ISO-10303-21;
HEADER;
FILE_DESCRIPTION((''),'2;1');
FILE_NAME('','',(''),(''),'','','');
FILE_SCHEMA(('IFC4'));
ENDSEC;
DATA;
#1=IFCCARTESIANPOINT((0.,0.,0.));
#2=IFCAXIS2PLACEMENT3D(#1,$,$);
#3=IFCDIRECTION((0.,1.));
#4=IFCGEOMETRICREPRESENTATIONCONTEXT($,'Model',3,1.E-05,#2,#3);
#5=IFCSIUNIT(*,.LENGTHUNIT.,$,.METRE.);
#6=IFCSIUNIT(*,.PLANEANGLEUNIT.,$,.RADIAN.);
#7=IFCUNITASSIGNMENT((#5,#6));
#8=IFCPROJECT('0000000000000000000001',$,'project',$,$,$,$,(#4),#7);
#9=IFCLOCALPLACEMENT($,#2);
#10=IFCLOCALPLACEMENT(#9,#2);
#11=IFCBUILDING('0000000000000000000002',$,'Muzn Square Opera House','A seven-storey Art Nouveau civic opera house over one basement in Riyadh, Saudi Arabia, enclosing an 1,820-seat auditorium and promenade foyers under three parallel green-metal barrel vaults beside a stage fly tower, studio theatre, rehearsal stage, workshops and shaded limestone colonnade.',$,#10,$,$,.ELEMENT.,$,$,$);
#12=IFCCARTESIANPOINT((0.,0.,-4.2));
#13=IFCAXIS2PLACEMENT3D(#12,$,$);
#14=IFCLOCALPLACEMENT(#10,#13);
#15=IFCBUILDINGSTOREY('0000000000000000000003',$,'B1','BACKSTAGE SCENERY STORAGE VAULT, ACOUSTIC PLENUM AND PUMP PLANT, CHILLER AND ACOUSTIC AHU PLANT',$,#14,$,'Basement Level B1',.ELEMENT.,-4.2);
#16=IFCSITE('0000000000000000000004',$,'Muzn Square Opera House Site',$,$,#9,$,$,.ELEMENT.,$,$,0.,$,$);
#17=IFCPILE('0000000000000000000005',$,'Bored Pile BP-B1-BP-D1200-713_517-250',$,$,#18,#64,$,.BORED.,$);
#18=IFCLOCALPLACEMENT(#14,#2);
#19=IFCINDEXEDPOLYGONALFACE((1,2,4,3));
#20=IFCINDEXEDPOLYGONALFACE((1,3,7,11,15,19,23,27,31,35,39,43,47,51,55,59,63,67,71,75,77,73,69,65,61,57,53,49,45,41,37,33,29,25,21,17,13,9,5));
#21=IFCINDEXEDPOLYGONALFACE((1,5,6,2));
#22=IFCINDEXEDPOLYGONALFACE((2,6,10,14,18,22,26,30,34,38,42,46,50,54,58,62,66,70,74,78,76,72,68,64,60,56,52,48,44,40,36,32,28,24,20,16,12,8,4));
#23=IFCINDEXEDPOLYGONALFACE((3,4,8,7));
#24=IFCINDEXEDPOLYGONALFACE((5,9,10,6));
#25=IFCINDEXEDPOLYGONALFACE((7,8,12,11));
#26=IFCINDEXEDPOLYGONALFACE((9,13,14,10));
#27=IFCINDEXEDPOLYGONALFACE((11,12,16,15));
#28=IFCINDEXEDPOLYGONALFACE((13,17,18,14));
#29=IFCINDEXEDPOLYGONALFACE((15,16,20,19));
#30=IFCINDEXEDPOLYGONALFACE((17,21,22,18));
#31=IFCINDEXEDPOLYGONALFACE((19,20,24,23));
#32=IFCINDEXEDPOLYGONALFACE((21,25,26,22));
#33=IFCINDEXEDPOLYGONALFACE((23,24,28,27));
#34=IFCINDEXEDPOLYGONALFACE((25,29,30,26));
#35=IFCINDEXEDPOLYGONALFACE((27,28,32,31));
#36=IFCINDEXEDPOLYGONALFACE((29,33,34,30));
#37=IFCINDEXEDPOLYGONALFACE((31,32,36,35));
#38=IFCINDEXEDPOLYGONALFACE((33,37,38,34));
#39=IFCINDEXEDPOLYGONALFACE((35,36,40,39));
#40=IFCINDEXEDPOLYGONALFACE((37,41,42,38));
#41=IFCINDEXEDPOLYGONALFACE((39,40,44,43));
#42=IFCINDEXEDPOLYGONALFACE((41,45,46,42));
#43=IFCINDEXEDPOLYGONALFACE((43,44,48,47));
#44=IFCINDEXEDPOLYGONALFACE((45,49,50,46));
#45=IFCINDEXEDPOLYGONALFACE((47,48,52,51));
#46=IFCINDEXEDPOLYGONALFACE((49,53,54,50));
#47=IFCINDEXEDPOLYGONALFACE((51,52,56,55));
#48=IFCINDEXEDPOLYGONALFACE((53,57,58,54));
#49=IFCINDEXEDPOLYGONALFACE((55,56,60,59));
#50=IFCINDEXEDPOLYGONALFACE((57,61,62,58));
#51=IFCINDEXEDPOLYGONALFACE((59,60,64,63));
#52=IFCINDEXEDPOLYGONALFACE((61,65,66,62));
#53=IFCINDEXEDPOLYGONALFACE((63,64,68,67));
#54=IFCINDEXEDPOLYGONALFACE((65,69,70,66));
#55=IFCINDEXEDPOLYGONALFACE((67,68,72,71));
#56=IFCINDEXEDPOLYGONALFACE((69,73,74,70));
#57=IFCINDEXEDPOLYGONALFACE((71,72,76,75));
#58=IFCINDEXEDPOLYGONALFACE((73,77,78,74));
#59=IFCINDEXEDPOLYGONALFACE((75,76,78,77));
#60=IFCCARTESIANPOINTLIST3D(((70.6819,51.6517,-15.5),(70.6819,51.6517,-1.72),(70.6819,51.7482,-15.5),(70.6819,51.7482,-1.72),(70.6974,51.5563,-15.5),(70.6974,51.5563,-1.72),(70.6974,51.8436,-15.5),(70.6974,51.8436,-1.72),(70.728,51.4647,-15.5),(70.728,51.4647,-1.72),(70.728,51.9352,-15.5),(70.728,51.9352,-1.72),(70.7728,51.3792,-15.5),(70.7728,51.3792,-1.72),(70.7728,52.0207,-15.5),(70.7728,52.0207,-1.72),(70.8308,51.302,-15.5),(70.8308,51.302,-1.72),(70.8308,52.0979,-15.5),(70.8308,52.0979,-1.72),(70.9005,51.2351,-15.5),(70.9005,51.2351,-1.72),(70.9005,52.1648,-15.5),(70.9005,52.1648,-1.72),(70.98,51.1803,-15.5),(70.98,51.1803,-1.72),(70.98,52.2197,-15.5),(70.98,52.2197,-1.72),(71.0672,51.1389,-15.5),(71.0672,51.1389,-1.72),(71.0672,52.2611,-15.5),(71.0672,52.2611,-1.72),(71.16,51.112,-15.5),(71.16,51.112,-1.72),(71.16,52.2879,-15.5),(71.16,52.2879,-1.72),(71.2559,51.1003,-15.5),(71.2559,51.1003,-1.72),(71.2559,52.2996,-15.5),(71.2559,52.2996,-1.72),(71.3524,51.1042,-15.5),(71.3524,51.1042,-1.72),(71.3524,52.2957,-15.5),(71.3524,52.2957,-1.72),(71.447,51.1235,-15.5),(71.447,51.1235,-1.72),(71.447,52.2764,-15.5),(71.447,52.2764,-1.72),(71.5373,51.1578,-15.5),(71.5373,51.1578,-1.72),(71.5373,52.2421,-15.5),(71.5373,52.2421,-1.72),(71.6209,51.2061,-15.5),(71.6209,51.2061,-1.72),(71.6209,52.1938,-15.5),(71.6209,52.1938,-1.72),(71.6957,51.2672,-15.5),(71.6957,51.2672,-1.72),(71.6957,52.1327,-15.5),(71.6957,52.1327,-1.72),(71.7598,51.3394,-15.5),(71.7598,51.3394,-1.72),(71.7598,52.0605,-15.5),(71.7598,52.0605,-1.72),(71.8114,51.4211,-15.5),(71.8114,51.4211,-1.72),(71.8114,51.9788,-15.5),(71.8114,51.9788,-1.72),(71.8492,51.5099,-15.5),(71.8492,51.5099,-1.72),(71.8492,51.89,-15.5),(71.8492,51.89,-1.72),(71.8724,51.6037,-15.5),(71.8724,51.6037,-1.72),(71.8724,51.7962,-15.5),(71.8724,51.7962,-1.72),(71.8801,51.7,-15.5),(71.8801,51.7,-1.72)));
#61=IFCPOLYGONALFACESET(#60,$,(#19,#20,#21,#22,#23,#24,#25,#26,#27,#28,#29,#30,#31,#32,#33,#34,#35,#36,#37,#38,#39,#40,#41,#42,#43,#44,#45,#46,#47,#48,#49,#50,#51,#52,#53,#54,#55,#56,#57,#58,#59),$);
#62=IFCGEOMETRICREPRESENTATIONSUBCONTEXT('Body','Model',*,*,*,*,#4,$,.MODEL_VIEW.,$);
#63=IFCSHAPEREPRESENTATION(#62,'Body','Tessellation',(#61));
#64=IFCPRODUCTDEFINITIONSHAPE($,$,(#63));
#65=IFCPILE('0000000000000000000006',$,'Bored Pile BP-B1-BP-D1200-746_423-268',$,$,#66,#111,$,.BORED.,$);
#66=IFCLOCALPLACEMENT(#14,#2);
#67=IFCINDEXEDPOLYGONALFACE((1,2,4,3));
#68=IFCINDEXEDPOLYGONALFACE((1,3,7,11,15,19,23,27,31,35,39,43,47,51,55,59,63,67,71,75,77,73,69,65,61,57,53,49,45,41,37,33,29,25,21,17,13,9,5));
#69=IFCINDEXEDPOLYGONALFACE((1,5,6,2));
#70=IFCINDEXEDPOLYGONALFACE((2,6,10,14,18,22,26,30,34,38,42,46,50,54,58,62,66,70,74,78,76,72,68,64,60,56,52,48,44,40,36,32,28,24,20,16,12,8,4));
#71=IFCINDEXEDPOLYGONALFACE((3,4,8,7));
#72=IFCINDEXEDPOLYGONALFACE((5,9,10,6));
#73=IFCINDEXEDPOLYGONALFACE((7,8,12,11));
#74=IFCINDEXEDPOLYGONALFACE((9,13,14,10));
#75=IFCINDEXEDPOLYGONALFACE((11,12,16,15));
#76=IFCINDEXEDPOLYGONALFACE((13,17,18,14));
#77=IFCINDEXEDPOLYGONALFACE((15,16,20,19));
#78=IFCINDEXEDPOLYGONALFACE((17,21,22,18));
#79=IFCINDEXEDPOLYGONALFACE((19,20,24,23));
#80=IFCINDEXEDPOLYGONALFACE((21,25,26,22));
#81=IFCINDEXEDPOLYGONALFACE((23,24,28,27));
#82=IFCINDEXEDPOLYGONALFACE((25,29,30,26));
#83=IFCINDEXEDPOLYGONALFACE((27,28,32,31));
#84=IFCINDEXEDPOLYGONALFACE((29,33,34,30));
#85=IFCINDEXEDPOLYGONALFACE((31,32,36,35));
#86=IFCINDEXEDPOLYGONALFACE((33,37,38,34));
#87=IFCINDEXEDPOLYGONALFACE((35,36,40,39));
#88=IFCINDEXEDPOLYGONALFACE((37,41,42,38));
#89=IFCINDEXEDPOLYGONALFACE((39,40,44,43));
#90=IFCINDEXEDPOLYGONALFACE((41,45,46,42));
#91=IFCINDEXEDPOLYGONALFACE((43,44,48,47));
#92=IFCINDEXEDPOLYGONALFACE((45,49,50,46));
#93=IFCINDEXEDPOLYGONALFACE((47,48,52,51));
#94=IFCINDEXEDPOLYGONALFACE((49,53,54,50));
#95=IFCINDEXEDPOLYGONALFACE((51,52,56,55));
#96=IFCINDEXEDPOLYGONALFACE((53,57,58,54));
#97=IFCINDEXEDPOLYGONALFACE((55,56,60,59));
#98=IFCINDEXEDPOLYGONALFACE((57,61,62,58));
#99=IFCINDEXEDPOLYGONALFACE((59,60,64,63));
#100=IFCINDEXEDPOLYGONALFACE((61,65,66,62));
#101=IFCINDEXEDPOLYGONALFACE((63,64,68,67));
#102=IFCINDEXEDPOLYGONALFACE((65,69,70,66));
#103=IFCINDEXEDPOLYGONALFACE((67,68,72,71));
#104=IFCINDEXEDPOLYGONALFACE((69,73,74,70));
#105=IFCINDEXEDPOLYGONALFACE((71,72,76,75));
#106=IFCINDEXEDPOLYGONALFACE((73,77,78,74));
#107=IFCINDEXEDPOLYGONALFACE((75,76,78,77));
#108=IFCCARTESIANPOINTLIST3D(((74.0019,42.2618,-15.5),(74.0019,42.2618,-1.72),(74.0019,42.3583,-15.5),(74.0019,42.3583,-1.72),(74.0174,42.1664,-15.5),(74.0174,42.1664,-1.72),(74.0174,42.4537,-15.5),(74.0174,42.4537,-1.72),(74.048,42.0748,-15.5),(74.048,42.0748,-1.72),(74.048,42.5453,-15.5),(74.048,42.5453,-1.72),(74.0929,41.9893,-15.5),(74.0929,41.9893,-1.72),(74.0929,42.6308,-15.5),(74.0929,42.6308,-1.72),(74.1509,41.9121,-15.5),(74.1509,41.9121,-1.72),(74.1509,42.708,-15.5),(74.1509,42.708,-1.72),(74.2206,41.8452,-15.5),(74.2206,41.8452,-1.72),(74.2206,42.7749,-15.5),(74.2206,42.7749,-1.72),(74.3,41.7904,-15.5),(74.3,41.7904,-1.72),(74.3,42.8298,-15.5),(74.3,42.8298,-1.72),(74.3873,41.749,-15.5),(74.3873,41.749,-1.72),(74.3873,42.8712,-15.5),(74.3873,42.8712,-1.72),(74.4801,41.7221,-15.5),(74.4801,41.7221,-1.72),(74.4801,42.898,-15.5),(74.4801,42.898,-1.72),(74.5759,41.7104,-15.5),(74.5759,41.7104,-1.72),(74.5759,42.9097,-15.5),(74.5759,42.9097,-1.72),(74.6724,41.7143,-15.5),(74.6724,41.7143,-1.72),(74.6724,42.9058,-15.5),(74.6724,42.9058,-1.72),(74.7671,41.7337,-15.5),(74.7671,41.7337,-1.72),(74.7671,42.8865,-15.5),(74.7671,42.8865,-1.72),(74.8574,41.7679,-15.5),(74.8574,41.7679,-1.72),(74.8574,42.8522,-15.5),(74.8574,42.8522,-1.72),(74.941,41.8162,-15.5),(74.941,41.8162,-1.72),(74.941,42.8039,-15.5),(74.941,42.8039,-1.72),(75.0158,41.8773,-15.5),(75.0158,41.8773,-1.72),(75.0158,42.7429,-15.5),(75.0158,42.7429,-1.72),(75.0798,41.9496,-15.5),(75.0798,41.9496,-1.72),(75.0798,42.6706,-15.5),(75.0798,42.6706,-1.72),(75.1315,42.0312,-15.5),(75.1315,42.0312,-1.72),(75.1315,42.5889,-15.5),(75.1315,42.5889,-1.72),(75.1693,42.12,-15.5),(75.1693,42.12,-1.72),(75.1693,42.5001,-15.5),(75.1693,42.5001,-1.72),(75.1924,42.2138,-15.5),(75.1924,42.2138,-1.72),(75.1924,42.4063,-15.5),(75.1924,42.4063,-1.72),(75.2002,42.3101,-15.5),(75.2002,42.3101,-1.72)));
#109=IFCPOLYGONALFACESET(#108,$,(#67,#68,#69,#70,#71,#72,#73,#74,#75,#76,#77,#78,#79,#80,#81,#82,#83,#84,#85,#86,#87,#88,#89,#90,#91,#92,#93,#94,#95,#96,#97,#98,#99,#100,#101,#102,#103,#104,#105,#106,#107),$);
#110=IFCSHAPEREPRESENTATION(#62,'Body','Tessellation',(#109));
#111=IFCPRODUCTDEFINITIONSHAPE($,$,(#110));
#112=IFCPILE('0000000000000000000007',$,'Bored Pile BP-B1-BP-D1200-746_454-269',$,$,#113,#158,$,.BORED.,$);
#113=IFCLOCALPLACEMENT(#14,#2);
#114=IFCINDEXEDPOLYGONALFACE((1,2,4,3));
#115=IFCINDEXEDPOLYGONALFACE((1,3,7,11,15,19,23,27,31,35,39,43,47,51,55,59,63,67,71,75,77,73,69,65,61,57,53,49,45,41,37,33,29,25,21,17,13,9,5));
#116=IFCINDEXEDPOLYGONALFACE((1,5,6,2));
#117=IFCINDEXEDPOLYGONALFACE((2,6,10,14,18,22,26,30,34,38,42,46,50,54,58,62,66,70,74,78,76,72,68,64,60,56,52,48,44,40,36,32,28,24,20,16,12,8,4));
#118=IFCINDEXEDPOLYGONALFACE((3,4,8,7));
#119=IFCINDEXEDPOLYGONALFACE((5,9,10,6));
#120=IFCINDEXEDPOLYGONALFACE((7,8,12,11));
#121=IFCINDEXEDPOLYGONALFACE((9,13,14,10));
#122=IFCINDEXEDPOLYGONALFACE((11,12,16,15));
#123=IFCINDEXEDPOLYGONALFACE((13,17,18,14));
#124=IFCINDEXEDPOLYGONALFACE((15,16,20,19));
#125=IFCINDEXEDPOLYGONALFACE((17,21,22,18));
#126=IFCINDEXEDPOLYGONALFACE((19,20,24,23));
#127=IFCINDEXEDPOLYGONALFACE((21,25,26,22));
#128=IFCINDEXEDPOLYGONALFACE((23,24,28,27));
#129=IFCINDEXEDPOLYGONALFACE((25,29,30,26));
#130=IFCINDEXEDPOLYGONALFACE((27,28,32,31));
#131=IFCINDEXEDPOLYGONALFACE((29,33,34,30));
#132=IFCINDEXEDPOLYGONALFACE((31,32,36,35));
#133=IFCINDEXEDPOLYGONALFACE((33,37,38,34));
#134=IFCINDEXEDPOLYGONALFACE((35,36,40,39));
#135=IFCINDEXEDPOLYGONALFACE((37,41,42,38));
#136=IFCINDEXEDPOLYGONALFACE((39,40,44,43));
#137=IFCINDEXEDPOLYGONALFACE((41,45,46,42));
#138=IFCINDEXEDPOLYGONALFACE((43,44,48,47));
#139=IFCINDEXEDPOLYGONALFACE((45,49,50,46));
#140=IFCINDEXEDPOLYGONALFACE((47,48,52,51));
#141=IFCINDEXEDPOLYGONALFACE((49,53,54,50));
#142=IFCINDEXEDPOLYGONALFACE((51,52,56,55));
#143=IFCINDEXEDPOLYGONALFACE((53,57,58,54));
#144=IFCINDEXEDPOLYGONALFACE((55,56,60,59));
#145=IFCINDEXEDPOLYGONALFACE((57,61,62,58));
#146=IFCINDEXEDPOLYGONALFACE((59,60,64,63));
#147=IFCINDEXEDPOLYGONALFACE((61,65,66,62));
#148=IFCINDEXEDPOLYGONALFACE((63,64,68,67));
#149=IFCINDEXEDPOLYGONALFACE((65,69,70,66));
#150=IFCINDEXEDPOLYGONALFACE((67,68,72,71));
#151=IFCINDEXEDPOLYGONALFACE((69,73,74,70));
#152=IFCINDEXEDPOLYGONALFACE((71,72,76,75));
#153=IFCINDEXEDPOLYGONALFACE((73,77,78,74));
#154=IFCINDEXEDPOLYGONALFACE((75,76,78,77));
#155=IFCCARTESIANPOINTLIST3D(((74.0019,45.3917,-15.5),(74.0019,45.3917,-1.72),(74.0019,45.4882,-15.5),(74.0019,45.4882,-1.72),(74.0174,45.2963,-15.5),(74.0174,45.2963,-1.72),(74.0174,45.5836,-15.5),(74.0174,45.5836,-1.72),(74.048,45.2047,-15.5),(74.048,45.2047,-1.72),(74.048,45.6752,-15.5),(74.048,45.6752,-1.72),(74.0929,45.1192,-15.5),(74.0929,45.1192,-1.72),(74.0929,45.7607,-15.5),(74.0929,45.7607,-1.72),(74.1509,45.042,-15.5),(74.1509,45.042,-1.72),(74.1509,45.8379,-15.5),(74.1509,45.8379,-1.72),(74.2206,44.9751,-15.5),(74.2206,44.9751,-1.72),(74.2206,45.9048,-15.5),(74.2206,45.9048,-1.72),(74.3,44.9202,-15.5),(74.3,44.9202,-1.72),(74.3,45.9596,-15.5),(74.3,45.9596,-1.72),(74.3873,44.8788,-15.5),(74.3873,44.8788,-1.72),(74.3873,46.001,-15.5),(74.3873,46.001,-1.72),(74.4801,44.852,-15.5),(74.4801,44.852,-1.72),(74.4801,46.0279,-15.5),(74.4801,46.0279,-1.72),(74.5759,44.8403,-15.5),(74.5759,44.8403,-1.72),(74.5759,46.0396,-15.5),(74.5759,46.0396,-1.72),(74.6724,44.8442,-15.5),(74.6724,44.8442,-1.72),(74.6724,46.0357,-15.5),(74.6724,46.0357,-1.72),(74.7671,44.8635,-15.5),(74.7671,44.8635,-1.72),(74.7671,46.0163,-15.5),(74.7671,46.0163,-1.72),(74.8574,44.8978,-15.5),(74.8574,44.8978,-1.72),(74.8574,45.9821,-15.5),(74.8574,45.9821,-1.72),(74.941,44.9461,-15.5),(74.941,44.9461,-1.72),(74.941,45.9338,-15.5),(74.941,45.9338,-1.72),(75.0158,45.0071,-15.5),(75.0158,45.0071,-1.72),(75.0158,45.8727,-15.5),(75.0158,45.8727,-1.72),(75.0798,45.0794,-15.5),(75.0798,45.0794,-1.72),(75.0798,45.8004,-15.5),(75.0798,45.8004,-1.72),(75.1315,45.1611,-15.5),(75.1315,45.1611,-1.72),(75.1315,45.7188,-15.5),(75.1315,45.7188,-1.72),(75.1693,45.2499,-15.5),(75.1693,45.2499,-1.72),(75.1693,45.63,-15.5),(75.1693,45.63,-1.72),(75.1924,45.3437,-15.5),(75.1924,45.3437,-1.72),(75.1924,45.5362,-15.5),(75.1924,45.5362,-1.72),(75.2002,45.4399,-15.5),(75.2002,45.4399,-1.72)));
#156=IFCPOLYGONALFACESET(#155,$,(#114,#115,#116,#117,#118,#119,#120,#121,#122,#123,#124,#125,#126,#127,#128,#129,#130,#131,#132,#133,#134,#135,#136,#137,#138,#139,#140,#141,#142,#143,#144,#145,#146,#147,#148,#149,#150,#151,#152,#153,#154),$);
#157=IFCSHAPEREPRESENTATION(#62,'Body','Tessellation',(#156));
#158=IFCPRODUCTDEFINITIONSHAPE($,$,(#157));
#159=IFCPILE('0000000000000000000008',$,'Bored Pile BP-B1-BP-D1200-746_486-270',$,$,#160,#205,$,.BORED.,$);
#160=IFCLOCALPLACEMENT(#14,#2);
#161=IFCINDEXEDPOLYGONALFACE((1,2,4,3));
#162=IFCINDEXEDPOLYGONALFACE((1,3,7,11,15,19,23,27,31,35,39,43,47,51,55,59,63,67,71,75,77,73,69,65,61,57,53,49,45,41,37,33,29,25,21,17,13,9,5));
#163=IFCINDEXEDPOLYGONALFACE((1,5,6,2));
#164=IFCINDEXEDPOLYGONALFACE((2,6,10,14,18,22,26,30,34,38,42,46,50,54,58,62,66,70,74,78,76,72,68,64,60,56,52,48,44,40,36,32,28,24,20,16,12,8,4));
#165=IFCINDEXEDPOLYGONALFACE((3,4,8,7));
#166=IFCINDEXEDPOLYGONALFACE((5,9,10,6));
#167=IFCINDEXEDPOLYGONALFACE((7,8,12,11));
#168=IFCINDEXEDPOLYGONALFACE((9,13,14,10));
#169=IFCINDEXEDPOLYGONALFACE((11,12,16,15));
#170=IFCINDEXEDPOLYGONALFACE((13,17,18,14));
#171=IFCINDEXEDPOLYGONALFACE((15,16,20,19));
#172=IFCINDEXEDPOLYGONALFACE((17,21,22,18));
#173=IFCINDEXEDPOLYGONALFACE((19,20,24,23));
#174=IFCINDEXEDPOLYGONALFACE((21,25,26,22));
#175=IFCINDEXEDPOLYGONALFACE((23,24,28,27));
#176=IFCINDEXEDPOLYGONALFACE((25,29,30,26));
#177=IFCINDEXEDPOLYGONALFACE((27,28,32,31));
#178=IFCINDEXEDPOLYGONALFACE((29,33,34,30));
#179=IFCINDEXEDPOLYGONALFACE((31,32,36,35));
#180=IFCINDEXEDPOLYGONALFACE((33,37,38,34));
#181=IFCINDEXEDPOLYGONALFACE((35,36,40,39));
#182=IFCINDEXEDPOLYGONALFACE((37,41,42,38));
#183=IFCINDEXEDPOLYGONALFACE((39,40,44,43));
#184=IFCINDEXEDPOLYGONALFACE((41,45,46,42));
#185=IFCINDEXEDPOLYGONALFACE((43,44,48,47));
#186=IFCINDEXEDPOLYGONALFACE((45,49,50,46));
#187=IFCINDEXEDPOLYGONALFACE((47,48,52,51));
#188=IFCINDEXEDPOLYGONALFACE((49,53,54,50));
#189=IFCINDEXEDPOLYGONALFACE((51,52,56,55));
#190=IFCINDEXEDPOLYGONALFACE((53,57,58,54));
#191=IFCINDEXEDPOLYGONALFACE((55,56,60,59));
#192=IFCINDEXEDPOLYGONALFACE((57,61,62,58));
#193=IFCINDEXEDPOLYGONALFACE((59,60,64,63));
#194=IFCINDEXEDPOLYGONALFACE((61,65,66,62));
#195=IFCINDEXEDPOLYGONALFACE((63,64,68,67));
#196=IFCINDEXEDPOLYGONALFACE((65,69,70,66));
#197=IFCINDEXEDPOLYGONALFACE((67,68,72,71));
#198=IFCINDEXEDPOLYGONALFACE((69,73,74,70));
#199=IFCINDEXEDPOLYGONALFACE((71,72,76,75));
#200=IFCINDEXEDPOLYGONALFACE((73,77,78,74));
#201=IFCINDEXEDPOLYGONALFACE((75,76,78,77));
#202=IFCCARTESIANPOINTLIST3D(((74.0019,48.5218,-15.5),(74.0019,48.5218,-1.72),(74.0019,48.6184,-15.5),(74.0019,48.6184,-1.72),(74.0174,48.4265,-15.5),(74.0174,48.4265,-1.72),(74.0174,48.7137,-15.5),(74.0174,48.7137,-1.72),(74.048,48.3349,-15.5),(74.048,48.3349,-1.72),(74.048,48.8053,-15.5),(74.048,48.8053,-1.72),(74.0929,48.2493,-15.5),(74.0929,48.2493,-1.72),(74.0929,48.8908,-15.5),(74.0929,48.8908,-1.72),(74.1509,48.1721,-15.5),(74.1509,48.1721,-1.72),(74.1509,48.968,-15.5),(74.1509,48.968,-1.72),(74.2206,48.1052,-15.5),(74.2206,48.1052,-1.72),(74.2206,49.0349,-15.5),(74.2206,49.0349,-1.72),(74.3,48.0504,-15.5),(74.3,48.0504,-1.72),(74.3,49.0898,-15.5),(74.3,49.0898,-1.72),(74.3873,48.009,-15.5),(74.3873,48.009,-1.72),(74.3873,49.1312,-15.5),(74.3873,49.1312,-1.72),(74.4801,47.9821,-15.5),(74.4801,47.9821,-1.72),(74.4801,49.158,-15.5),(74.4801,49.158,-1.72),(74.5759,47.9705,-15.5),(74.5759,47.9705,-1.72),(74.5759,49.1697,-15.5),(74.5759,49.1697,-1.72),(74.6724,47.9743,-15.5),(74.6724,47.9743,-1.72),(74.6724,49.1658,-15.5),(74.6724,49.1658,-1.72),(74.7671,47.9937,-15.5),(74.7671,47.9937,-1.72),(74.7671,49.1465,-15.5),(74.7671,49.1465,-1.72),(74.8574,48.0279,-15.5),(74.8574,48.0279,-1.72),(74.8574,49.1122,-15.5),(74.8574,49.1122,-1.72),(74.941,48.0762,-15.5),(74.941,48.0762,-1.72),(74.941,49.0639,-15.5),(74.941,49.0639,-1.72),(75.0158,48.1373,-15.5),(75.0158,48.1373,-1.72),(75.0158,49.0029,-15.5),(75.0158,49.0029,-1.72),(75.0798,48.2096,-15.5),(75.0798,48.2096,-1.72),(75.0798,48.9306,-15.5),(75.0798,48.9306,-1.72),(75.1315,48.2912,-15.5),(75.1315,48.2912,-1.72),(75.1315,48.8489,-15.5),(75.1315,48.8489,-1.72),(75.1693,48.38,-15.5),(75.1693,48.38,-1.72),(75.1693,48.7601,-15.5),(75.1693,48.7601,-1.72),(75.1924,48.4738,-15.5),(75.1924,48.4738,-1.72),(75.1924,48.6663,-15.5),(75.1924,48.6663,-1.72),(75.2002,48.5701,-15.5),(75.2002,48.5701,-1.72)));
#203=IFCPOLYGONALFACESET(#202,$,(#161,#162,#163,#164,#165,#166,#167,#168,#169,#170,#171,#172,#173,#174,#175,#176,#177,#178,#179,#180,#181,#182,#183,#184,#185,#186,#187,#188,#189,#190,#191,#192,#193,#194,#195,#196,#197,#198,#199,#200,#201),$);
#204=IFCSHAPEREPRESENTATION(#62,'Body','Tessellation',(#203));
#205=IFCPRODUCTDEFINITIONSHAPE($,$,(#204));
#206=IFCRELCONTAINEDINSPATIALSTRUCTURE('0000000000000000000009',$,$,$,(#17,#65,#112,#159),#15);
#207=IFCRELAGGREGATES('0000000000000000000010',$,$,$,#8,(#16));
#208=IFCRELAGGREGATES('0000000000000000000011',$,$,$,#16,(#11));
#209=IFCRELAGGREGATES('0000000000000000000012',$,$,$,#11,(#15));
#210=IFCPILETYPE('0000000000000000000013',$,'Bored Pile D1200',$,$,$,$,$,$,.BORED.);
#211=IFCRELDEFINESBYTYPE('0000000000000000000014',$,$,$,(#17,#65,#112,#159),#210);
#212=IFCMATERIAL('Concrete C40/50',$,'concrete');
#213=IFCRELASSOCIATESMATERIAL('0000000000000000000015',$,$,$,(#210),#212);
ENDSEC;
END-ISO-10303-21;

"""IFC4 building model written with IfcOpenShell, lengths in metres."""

from ifc_helpers import new_model, si_unit, direction, frame, origin, origin_2d, place, context, subcontext, project, spatial, circle, extrude, material, material_profile, profile_set, type_object, element, save


model = new_model("IFC4")

# Units and contexts
model_context = context("Model", 3, precision=1e-05, world=origin(), true_north=direction((0.0, 1.0)))
body_context = subcontext(model_context, "Body", "Model", "MODEL_VIEW")
ifc_project = project(units=[si_unit("LENGTHUNIT", "METRE"), si_unit("PLANEANGLEUNIT", "RADIAN")], contexts=[model_context])

# Site, building, storey
site_placement = place(None, origin())
site = spatial("IfcSite", under=ifc_project, at=site_placement, Name="Muzn Square Opera House Site", CompositionType="ELEMENT", RefElevation=0.0)
building_placement = place(site_placement, origin())
building = spatial("IfcBuilding", under=site, at=building_placement, Name="Muzn Square Opera House", Description="A seven-storey Art Nouveau civic opera house over one basement in Riyadh, Saudi Arabia, enclosing an 1,820-seat auditorium and promenade foyers under three parallel green-metal barrel vaults beside a stage fly tower, studio theatre, rehearsal stage, workshops and shaded limestone colonnade.", CompositionType="ELEMENT")
storey_placement = place(building_placement, frame((0.0, 0.0, -4.2)))
storey = spatial("IfcBuildingStorey", under=building, at=storey_placement, Name="B1", Description="BACKSTAGE SCENERY STORAGE VAULT, ACOUSTIC PLENUM AND PUMP PLANT, CHILLER AND ACOUSTIC AHU PLANT", LongName="Basement Level B1", CompositionType="ELEMENT", Elevation=-4.2)

# Piles
ifc_material_1 = material(Name="Concrete C40/50", Category="concrete")
ifc_material_profile_1 = material_profile(ifc_material_1, circle(Radius=0.6001, at=origin_2d()), Name="BORED PILE D1200", Category="concrete")
ifc_profile_set_1 = profile_set([ifc_material_profile_1], Name="Concrete C40/50")
pile_type = type_object("IfcPileType", Name="Bored Pile D1200", PredefinedType="BORED", material=ifc_profile_set_1)
for number, where, z_axis, x_axis, name in (
    (1, (71.28, 51.7, -1.72), (0.0, 0.0, -1.0), (1.0, 0.0, 0.0), "Bored Pile BP-B1-BP-D1200-713_517-250"),
    (2, (74.6001, 42.3101, -1.72), (0.0, 0.0, -1.0), (1.0, 0.0, 0.0), "Bored Pile BP-B1-BP-D1200-746_423-268"),
    (3, (74.6001, 45.4399, -1.72), (0.0, 0.0, -1.0), (1.0, 0.0, 0.0), "Bored Pile BP-B1-BP-D1200-746_454-269"),
    (4, (74.6001, 48.5701, -1.72), (0.0, 0.0, -1.0), (1.0, 0.0, 0.0), "Bored Pile BP-B1-BP-D1200-746_486-270"),
):
    element("IfcPile", number, at=place(storey_placement, frame(where, z_axis=z_axis, x_axis=x_axis)), inside=storey, type_object=pile_type, Name=name, PredefinedType="BORED", context=body_context, shape_type="SweptSolid", body=[
        extrude(circle(Radius=0.6001, at=origin_2d()), origin(), (0.0, 0.0, 1.0), 13.78),
    ])

save(model, "model.ifc")
